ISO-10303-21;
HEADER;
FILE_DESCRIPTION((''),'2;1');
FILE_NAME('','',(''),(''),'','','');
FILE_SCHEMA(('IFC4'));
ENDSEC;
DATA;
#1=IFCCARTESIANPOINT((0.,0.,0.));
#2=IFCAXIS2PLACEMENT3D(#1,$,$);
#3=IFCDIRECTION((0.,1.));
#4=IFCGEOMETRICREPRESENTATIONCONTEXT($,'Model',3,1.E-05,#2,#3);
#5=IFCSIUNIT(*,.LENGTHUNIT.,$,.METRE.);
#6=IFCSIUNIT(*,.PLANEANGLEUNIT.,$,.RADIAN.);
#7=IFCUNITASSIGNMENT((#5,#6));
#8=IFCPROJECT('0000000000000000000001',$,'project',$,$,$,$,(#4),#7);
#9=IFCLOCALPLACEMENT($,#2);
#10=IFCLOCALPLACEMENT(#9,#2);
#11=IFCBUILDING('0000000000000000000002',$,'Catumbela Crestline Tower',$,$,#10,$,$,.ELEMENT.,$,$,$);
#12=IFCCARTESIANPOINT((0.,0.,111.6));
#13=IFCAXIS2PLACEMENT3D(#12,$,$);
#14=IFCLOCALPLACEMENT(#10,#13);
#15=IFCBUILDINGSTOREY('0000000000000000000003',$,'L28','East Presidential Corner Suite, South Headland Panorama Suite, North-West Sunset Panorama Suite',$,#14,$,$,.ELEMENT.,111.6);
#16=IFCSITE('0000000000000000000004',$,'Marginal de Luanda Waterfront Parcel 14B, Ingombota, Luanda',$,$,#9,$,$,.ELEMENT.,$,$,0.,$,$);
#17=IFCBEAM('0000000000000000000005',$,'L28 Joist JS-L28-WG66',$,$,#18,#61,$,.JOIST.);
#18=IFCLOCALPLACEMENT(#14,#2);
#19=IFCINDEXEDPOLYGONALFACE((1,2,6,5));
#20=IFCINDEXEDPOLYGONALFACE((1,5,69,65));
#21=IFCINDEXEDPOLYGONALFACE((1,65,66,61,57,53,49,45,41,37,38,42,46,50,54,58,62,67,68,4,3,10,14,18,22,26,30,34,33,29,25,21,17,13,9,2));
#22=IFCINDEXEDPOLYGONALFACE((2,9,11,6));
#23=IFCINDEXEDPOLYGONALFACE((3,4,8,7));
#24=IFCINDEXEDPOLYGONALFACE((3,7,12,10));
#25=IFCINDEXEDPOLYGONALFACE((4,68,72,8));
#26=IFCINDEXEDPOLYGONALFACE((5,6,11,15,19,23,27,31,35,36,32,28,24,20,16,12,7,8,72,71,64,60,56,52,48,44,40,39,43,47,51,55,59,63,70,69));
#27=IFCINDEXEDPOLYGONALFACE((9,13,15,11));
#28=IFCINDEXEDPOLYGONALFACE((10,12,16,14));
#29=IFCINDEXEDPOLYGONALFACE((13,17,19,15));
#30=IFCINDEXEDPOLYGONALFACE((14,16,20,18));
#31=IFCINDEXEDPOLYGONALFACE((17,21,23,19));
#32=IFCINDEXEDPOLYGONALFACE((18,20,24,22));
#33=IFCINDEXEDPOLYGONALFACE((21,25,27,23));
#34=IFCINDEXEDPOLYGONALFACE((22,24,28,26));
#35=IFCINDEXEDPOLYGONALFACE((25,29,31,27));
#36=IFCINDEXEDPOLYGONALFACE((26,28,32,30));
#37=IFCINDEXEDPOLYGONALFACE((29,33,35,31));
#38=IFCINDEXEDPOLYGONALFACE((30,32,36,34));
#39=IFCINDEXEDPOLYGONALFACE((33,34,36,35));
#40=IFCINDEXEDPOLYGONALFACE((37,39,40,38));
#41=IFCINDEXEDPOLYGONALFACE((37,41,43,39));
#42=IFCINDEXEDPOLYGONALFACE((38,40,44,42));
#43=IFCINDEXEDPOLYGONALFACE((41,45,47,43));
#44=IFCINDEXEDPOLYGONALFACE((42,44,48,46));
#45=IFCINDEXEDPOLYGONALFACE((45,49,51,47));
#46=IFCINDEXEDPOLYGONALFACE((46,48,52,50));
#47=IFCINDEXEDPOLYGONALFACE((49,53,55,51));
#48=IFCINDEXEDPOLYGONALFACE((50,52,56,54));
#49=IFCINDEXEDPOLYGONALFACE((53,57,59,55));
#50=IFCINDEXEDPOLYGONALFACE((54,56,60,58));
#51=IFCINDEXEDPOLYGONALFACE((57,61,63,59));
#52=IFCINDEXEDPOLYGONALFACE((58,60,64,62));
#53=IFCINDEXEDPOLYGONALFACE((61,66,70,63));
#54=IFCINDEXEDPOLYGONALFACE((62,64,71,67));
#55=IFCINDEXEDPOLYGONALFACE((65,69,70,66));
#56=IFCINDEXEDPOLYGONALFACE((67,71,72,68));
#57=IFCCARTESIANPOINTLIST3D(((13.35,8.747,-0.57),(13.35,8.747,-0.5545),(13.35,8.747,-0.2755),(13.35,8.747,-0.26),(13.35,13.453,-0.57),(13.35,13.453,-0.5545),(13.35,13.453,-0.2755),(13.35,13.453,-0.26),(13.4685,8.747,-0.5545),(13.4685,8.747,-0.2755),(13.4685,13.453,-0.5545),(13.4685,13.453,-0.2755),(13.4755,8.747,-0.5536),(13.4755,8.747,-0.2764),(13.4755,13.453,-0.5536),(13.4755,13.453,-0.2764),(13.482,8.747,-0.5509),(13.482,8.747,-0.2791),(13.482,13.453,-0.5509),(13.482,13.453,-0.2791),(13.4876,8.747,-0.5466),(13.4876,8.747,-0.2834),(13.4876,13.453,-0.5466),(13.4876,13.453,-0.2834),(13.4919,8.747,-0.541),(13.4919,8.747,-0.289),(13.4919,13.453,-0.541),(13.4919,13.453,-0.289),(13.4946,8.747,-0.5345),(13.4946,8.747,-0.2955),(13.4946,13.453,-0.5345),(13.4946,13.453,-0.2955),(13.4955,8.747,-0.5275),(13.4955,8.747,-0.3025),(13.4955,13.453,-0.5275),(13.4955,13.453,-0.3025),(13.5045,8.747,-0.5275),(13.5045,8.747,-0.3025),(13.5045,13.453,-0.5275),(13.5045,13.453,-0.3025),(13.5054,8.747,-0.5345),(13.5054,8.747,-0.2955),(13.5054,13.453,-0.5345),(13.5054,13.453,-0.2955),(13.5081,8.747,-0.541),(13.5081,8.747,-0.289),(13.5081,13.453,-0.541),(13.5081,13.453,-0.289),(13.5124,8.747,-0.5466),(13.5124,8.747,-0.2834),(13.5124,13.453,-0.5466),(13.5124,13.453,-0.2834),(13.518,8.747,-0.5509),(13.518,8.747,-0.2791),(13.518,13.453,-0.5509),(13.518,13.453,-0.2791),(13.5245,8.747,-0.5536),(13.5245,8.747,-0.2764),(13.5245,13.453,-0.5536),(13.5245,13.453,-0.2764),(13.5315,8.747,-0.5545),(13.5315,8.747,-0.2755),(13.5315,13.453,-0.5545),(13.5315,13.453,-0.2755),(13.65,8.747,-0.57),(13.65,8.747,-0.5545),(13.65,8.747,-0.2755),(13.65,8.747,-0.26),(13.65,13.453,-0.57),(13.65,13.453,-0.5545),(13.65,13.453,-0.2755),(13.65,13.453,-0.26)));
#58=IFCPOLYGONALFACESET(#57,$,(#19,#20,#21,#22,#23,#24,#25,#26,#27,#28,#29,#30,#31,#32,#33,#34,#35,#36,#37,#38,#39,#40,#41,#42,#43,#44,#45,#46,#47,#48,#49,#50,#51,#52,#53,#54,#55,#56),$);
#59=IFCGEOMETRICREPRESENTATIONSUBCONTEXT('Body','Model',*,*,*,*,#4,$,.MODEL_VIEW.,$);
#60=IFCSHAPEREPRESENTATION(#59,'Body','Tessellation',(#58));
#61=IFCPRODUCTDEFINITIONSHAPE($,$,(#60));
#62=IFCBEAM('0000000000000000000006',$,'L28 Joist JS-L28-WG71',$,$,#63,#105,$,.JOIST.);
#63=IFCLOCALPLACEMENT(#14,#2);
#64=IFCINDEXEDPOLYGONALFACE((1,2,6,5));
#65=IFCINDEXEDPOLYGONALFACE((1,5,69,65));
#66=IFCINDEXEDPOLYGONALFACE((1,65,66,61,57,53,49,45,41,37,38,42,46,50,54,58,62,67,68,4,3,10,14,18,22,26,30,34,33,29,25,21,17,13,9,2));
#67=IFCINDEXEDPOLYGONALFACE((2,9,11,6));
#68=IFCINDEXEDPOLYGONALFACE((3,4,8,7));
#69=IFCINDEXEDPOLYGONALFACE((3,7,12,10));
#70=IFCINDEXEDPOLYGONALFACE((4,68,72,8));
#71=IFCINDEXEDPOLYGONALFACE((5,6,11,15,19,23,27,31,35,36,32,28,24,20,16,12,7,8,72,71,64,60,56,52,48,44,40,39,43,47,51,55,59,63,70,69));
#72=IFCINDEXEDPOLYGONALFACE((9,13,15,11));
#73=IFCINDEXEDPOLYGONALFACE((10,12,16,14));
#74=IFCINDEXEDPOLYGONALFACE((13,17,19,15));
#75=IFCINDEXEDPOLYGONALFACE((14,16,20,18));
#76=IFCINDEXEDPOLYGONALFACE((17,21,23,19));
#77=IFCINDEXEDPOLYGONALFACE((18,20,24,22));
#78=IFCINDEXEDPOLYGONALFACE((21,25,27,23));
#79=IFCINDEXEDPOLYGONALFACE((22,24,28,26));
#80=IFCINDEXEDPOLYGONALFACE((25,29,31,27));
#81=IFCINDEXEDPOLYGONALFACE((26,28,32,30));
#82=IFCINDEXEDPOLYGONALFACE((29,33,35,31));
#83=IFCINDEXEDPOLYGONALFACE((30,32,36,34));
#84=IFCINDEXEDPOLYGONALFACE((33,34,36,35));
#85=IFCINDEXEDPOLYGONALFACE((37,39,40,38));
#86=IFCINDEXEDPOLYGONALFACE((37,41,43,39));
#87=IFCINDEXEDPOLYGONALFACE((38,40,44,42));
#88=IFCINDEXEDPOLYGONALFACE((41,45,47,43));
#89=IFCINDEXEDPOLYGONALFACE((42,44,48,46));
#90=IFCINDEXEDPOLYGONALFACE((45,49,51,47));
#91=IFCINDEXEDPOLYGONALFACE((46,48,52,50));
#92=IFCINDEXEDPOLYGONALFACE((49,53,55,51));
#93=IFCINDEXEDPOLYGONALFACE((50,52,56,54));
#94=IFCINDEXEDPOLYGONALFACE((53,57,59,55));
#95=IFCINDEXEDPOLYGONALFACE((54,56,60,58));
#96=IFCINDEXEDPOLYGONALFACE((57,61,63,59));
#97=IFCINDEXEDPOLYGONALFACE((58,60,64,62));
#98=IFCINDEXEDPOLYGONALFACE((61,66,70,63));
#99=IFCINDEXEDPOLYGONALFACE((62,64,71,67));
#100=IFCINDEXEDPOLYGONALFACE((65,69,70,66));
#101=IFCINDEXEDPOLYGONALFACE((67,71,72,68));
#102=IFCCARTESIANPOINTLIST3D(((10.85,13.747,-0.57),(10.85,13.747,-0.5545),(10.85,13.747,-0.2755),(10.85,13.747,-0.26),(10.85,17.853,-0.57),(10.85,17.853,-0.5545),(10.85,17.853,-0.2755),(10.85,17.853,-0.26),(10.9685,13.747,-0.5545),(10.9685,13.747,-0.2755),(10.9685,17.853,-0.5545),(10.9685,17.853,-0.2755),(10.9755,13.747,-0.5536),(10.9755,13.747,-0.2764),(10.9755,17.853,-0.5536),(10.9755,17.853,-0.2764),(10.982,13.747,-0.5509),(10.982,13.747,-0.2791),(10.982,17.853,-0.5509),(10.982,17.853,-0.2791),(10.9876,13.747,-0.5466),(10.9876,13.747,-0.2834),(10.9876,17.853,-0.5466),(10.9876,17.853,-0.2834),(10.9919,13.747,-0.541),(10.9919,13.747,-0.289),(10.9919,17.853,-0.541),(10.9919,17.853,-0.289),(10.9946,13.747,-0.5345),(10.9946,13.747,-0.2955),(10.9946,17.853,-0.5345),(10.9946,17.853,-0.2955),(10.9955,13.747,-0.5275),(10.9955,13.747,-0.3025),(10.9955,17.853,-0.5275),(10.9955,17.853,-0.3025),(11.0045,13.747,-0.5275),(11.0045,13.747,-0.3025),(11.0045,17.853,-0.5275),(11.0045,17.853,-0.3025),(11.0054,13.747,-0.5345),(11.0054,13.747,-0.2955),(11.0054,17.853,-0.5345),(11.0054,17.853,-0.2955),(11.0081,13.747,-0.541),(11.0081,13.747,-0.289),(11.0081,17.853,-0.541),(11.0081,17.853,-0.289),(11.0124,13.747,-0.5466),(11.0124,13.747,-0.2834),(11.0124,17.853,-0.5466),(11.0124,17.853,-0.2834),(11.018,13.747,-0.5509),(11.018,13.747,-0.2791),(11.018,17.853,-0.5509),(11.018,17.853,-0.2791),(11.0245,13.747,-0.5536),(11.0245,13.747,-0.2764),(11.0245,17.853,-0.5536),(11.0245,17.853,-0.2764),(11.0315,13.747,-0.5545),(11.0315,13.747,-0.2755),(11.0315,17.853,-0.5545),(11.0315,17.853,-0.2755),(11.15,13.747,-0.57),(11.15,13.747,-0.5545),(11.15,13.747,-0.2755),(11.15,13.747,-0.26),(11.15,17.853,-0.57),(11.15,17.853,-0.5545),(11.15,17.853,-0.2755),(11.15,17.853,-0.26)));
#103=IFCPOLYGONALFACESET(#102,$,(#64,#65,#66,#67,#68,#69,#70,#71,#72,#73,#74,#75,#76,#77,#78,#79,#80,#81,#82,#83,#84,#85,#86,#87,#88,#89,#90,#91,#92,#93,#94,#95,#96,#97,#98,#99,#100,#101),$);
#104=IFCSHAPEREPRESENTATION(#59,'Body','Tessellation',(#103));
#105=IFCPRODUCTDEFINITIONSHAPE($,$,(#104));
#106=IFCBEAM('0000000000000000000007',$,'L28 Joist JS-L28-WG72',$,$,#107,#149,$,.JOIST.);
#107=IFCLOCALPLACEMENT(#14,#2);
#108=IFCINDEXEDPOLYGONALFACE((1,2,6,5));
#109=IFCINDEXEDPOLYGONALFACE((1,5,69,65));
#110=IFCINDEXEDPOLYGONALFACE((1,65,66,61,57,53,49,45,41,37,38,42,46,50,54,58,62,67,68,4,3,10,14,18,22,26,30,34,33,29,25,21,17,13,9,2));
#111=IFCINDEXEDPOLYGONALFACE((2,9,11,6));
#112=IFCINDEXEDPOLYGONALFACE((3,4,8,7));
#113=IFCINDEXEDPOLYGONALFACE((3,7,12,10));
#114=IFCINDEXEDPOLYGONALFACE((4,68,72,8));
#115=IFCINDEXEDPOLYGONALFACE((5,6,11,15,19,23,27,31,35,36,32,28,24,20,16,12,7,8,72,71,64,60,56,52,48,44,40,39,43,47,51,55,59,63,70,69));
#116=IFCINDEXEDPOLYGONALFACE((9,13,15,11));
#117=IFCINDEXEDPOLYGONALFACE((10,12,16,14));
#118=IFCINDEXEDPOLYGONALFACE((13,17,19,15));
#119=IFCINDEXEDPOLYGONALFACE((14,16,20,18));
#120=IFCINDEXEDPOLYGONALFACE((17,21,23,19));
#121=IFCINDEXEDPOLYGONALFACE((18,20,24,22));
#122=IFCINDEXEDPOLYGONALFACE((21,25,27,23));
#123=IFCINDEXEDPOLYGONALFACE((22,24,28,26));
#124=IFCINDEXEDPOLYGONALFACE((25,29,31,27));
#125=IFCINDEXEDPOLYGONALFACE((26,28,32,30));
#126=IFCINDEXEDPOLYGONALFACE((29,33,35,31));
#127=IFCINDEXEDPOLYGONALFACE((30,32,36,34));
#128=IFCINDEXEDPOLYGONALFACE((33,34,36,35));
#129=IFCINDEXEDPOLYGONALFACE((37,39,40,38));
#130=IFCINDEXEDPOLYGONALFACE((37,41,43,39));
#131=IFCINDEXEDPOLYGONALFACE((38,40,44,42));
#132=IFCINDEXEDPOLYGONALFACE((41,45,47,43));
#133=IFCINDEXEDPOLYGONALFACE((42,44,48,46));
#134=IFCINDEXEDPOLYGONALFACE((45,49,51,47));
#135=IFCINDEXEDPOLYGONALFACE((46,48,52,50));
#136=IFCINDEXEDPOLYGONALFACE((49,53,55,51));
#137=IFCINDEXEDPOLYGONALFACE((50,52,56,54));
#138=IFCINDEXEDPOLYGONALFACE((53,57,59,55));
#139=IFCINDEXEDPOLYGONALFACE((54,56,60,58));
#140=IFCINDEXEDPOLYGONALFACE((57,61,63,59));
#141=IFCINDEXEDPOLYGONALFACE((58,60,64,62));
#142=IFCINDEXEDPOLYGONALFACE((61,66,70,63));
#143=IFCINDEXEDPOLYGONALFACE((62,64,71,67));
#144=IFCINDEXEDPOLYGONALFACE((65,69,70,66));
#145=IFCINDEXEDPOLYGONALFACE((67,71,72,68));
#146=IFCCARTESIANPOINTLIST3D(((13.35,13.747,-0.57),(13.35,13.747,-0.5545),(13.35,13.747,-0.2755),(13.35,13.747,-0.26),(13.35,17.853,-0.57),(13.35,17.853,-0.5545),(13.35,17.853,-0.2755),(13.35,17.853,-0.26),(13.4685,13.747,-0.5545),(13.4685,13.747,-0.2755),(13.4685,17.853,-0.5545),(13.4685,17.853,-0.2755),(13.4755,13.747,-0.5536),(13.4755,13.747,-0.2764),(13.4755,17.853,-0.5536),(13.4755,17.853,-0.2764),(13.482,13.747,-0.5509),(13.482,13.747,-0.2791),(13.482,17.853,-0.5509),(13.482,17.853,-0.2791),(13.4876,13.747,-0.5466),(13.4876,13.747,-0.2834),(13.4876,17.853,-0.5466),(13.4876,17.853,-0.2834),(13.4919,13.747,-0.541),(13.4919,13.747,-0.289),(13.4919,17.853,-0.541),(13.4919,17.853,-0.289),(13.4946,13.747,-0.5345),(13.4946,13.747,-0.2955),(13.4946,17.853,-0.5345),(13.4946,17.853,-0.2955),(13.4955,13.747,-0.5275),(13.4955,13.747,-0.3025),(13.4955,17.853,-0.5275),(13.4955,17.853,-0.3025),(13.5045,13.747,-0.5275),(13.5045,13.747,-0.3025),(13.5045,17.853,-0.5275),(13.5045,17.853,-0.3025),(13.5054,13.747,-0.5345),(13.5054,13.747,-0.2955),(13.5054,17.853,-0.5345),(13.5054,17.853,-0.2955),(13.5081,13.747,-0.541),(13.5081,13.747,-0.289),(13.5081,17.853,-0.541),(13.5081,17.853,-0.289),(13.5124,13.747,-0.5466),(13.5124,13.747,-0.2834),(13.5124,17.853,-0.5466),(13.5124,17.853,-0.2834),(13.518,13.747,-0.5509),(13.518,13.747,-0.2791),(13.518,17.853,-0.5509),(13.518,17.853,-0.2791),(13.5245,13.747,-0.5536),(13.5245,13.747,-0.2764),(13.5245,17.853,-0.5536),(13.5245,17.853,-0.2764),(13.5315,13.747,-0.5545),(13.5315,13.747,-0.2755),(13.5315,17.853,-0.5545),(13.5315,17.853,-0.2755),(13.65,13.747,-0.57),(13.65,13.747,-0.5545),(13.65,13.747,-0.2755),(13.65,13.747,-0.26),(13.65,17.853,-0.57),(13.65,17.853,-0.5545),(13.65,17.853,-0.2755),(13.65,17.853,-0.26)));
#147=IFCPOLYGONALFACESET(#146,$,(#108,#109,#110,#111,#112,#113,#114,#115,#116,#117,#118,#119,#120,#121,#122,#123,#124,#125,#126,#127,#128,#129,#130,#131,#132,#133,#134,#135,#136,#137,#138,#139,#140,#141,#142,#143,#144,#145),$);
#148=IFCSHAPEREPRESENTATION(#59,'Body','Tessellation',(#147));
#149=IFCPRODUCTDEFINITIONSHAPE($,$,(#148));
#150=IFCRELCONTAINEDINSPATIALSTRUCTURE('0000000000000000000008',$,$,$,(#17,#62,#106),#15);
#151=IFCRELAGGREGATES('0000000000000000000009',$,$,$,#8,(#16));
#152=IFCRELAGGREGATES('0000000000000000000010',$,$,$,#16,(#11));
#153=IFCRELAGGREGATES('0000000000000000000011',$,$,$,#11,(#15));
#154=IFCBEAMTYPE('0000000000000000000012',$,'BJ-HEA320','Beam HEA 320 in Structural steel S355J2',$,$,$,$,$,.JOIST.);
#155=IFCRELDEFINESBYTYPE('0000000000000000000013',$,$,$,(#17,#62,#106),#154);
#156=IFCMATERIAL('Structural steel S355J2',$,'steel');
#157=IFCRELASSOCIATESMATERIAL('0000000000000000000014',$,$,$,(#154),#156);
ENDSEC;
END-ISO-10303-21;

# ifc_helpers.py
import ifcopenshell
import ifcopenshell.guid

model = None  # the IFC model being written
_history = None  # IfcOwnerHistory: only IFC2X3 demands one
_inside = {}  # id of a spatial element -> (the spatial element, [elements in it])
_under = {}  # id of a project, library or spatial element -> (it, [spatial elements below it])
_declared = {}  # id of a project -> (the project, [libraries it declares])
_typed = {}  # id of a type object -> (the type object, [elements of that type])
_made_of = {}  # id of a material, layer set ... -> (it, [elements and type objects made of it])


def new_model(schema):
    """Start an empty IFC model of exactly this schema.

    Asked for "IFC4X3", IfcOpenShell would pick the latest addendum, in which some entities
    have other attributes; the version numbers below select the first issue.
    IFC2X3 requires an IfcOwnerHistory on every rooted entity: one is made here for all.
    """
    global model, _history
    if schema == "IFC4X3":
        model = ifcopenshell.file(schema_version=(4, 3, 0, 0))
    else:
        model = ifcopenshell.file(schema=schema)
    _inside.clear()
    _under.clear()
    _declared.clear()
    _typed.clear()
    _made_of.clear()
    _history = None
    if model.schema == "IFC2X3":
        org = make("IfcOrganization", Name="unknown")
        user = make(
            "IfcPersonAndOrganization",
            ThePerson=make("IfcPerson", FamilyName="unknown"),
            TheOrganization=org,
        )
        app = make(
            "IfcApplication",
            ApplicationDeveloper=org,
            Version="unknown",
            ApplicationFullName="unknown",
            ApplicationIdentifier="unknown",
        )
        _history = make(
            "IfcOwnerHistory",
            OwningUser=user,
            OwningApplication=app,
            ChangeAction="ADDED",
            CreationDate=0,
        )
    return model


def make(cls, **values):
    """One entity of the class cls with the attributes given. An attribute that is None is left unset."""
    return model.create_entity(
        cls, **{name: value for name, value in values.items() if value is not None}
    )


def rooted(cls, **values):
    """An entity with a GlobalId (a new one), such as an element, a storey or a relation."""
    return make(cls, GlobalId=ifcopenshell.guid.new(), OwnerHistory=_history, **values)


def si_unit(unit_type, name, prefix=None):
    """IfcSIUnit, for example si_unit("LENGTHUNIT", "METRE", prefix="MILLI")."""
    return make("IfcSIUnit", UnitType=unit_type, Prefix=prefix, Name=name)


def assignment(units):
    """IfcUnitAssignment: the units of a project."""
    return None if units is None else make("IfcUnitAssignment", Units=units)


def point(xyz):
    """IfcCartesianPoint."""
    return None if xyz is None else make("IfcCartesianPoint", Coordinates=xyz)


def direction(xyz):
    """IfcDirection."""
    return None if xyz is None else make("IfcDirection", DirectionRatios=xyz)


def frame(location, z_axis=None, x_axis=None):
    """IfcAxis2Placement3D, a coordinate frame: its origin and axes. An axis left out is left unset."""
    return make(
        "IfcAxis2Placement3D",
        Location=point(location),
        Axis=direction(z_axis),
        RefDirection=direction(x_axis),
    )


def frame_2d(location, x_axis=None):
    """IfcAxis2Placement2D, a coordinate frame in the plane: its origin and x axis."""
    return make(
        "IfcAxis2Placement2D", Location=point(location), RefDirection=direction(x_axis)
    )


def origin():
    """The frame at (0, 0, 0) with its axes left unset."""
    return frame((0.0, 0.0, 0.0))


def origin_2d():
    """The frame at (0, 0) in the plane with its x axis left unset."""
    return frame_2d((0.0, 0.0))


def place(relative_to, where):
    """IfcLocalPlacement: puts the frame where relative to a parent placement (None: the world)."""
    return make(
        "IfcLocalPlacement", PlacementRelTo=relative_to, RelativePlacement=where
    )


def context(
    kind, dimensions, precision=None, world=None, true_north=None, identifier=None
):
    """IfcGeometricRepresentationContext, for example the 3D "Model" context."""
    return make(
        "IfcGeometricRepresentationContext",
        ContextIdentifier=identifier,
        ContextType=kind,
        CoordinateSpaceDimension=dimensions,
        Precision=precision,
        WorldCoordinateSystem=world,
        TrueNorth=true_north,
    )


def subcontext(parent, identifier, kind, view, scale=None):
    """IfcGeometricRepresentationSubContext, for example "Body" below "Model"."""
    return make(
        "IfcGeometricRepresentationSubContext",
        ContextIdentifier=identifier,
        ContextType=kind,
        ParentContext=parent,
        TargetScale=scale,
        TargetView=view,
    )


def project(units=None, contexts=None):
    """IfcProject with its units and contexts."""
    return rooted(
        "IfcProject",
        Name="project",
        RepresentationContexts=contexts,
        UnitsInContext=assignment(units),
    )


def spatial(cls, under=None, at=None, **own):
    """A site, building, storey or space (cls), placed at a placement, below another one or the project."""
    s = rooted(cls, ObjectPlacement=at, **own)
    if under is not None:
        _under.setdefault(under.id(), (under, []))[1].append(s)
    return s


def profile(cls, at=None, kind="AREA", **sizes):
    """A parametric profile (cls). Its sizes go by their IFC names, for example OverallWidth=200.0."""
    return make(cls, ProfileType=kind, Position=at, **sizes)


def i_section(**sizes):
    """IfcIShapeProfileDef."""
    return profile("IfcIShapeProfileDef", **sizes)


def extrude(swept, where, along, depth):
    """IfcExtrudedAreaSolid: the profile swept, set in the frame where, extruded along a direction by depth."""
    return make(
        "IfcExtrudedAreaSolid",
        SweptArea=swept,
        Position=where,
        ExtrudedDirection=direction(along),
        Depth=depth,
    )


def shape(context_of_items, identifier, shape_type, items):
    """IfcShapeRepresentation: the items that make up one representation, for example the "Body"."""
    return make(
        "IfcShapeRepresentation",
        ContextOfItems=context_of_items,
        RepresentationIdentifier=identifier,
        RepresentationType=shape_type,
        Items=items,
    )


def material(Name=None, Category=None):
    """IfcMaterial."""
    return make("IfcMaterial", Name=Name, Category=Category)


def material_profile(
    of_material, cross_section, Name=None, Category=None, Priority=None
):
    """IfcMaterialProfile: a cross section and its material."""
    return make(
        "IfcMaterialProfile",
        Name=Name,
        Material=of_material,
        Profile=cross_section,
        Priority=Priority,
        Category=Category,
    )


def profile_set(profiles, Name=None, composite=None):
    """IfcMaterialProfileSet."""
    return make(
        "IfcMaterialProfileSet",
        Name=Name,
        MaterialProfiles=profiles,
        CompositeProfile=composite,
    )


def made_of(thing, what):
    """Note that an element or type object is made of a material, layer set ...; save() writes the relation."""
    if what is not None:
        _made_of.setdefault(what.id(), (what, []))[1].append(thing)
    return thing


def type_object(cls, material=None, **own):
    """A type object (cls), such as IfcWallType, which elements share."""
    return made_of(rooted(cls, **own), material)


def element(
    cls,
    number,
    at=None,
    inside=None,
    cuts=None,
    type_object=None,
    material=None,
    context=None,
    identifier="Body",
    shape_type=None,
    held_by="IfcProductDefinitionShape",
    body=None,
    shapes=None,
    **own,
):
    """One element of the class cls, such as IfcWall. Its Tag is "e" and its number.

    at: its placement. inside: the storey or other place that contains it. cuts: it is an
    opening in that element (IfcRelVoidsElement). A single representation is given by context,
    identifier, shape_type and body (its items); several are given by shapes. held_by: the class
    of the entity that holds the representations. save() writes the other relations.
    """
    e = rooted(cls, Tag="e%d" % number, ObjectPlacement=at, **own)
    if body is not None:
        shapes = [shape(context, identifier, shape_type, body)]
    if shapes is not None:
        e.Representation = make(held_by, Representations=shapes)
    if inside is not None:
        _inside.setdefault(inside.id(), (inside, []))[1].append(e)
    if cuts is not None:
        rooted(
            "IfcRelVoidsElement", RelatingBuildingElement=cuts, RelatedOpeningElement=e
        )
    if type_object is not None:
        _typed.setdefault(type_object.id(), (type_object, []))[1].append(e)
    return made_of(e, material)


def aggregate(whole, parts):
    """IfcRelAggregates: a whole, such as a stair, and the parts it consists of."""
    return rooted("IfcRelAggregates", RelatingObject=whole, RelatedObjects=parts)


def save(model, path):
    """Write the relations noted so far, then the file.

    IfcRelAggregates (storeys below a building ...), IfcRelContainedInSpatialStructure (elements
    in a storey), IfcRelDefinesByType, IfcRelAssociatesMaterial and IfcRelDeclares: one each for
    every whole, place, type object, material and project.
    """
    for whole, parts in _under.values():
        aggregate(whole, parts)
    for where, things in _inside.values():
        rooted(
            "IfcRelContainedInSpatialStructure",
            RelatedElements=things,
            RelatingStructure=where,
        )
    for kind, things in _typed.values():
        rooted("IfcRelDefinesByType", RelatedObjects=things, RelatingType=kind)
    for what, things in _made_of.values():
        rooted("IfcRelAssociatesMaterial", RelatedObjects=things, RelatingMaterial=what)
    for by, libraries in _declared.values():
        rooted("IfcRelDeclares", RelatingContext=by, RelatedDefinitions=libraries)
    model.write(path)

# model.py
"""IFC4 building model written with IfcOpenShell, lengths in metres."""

from ifc_helpers import new_model, si_unit, direction, frame, origin, origin_2d, place, context, subcontext, project, spatial, i_section, extrude, material, material_profile, profile_set, type_object, element, save


model = new_model("IFC4")

# Units and contexts
model_context = context("Model", 3, precision=1e-05, world=origin(), true_north=direction((0.0, 1.0)))
body_context = subcontext(model_context, "Body", "Model", "MODEL_VIEW")
ifc_project = project(units=[si_unit("LENGTHUNIT", "METRE"), si_unit("PLANEANGLEUNIT", "RADIAN")], contexts=[model_context])

# Site, building, storey
site_placement = place(None, origin())
site = spatial("IfcSite", under=ifc_project, at=site_placement, Name="Marginal de Luanda Waterfront Parcel 14B, Ingombota, Luanda", CompositionType="ELEMENT", RefElevation=0.0)
building_placement = place(site_placement, origin())
building = spatial("IfcBuilding", under=site, at=building_placement, Name="Catumbela Crestline Tower", CompositionType="ELEMENT")
storey_placement = place(building_placement, frame((0.0, 0.0, 111.6)))
storey = spatial("IfcBuildingStorey", under=building, at=storey_placement, Name="L28", Description="East Presidential Corner Suite, South Headland Panorama Suite, North-West Sunset Panorama Suite", CompositionType="ELEMENT", Elevation=111.6)

# Beams
ifc_material_1 = material(Name="Structural steel S355J2", Category="steel")
ifc_material_profile_1 = material_profile(ifc_material_1, i_section(OverallWidth=0.3, OverallDepth=0.31, WebThickness=0.009, FlangeThickness=0.0155, FilletRadius=0.027, at=origin_2d()), Name="HEA 320")
ifc_profile_set_1 = profile_set([ifc_material_profile_1], Name="Structural steel S355J2")
beam_type_1 = type_object("IfcBeamType", Name="BJ-HEA320", Description="Beam HEA 320 in Structural steel S355J2", PredefinedType="JOIST", material=ifc_profile_set_1)
for number, where, z_axis, x_axis, name in (
    (1, (13.5, 8.747, -0.415), (0.0, 1.0, 0.0), (-1.0, 0.0, 0.0), "L28 Joist JS-L28-WG66"),
):
    element("IfcBeam", number, at=place(storey_placement, frame(where, z_axis=z_axis, x_axis=x_axis)), inside=storey, type_object=beam_type_1, Name=name, PredefinedType="JOIST", context=body_context, shape_type="SweptSolid", body=[
        extrude(i_section(OverallWidth=0.3, OverallDepth=0.31, WebThickness=0.009, FlangeThickness=0.0155, FilletRadius=0.027, at=origin_2d()), origin(), (0.0, 0.0, 1.0), 4.706),
    ])
for number, where, z_axis, x_axis, name in (
    (2, (11.0, 13.747, -0.415), (0.0, 1.0, 0.0), (-1.0, 0.0, 0.0), "L28 Joist JS-L28-WG71"),
    (3, (13.5, 13.747, -0.415), (0.0, 1.0, 0.0), (-1.0, 0.0, 0.0), "L28 Joist JS-L28-WG72"),
):
    element("IfcBeam", number, at=place(storey_placement, frame(where, z_axis=z_axis, x_axis=x_axis)), inside=storey, type_object=beam_type_1, Name=name, PredefinedType="JOIST", context=body_context, shape_type="SweptSolid", body=[
        extrude(i_section(OverallWidth=0.3, OverallDepth=0.31, WebThickness=0.009, FlangeThickness=0.0155, FilletRadius=0.027, at=origin_2d()), origin(), (0.0, 0.0, 1.0), 4.106),
    ])

save(model, "model.ifc")
